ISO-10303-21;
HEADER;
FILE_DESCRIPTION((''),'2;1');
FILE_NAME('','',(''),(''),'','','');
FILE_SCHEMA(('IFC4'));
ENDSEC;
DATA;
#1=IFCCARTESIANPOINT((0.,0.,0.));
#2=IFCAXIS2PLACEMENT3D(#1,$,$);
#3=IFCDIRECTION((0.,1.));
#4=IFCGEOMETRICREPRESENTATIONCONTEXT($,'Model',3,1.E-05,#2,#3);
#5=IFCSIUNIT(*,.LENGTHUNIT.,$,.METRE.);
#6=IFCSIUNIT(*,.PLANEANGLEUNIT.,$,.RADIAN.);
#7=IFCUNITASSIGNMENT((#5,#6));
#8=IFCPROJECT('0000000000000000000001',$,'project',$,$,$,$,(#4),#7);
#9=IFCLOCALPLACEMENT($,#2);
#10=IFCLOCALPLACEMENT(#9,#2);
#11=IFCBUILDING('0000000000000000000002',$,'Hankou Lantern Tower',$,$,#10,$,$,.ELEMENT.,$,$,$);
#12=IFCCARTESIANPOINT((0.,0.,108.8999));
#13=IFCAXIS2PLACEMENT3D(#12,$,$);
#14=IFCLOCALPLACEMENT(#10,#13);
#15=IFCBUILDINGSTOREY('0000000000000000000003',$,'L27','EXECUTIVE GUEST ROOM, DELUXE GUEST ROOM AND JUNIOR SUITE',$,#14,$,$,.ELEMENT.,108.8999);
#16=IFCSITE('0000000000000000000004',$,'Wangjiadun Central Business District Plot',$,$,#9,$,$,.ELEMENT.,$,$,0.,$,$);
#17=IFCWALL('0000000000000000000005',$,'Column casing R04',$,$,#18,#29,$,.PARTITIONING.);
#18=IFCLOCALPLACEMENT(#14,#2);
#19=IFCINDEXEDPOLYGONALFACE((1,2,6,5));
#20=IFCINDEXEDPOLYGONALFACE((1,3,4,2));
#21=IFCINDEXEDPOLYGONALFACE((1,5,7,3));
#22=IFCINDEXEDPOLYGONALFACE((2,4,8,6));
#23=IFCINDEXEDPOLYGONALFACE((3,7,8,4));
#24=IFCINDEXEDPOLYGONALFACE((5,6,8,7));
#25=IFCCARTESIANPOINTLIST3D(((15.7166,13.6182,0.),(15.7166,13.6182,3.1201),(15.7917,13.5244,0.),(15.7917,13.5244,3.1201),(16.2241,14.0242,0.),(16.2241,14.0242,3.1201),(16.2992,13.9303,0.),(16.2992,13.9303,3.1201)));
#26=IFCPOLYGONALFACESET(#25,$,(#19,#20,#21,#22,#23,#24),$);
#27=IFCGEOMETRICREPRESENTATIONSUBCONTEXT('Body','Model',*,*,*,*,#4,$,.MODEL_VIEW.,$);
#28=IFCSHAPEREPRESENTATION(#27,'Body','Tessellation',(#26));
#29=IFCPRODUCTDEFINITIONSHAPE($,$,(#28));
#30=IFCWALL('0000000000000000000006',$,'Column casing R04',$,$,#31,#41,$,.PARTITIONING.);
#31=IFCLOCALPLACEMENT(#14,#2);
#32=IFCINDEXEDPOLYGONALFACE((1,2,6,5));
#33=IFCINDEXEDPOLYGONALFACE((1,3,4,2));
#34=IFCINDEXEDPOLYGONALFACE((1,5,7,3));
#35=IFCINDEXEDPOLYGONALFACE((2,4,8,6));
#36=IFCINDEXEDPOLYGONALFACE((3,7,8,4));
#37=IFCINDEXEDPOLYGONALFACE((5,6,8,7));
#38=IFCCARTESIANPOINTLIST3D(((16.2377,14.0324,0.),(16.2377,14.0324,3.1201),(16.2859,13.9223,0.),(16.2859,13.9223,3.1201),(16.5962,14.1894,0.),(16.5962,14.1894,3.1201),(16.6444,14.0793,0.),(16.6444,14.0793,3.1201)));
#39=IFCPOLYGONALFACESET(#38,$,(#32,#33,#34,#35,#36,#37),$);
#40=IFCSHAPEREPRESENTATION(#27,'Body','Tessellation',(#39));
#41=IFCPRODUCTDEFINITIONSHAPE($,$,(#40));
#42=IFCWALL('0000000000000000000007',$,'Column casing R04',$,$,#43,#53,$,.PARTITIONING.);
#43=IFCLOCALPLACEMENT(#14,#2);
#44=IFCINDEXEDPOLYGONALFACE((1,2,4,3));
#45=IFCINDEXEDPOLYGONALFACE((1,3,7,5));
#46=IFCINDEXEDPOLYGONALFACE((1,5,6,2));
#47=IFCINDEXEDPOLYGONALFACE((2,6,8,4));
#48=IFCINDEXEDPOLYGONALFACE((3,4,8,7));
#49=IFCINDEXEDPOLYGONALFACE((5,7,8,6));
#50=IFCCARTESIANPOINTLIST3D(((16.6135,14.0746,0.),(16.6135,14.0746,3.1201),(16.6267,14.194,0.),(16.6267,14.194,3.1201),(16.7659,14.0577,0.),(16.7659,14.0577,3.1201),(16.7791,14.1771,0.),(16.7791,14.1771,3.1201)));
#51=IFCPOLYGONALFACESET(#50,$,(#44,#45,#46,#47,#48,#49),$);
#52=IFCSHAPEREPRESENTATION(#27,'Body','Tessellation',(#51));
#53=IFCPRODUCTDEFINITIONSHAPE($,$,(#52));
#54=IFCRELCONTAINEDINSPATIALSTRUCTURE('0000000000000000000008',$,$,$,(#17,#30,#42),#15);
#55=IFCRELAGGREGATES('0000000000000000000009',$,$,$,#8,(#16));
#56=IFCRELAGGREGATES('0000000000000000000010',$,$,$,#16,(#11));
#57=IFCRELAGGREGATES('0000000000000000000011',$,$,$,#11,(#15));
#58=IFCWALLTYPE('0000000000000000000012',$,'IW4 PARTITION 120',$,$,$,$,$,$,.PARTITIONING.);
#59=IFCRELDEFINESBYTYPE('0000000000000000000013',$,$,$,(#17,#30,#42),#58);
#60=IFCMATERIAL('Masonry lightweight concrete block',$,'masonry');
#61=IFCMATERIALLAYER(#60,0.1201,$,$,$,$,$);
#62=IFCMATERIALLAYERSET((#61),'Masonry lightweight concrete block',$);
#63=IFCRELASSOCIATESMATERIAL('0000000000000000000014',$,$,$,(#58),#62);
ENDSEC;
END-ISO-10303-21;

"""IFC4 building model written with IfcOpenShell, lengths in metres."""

from ifc_helpers import new_model, si_unit, direction, frame, frame_2d, origin, place, context, subcontext, project, spatial, rectangle, extrude, material, layer, layer_set, type_object, element, save


model = new_model("IFC4")

# Units and contexts
model_context = context("Model", 3, precision=1e-05, world=origin(), true_north=direction((0.0, 1.0)))
body_context = subcontext(model_context, "Body", "Model", "MODEL_VIEW")
ifc_project = project(units=[si_unit("LENGTHUNIT", "METRE"), si_unit("PLANEANGLEUNIT", "RADIAN")], contexts=[model_context])

# Site, building, storey
site_placement = place(None, origin())
site = spatial("IfcSite", under=ifc_project, at=site_placement, Name="Wangjiadun Central Business District Plot", CompositionType="ELEMENT", RefElevation=0.0)
building_placement = place(site_placement, origin())
building = spatial("IfcBuilding", under=site, at=building_placement, Name="Hankou Lantern Tower", CompositionType="ELEMENT")
storey_placement = place(building_placement, frame((0.0, 0.0, 108.8999)))
storey = spatial("IfcBuildingStorey", under=building, at=storey_placement, Name="L27", Description="EXECUTIVE GUEST ROOM, DELUXE GUEST ROOM AND JUNIOR SUITE", CompositionType="ELEMENT", Elevation=108.8999)

# Walls
ifc_material_1 = material(Name="Masonry lightweight concrete block", Category="masonry")
ifc_layer_1 = layer(ifc_material_1, 0.1201)
ifc_layer_set_1 = layer_set([ifc_layer_1], Name="Masonry lightweight concrete block")
wall_type_1 = type_object("IfcWallType", Name="IW4 PARTITION 120", PredefinedType="PARTITIONING", material=ifc_layer_set_1)
wall_1_placement = place(storey_placement, frame((15.7542, 13.5713, 0.0), z_axis=(0.0, 0.0, 1.0), x_axis=(0.780905, 0.624649, 0.0)))
element("IfcWall", 1, at=wall_1_placement, inside=storey, type_object=wall_type_1, Name="Column casing R04", PredefinedType="PARTITIONING", context=body_context, shape_type="SweptSolid", body=[
    extrude(rectangle(XDim=0.6499, YDim=0.1201, at=frame_2d((0.325, 0.0))), origin(), (0.0, 0.0, 1.0), 3.1201),
])
wall_2_placement = place(storey_placement, frame((16.2617, 13.9773, 0.0), z_axis=(0.0, 0.0, 1.0), x_axis=(0.915985, 0.401212, 0.0)))
element("IfcWall", 2, at=wall_2_placement, inside=storey, type_object=wall_type_1, Name="Column casing R04", PredefinedType="PARTITIONING", context=body_context, shape_type="SweptSolid", body=[
    extrude(rectangle(XDim=0.3914, YDim=0.1201, at=frame_2d((0.1958, 0.0))), origin(), (0.0, 0.0, 1.0), 3.1201),
])
wall_3_placement = place(storey_placement, frame((16.6201, 14.1343, 0.0), z_axis=(0.0, 0.0, 1.0), x_axis=(0.993942, -0.109907, 0.0)))
element("IfcWall", 3, at=wall_3_placement, inside=storey, type_object=wall_type_1, Name="Column casing R04", PredefinedType="PARTITIONING", context=body_context, shape_type="SweptSolid", body=[
    extrude(rectangle(XDim=0.1533, YDim=0.1201, at=frame_2d((0.0767, 0.0))), origin(), (0.0, 0.0, 1.0), 3.1201),
])

save(model, "model.ifc")
